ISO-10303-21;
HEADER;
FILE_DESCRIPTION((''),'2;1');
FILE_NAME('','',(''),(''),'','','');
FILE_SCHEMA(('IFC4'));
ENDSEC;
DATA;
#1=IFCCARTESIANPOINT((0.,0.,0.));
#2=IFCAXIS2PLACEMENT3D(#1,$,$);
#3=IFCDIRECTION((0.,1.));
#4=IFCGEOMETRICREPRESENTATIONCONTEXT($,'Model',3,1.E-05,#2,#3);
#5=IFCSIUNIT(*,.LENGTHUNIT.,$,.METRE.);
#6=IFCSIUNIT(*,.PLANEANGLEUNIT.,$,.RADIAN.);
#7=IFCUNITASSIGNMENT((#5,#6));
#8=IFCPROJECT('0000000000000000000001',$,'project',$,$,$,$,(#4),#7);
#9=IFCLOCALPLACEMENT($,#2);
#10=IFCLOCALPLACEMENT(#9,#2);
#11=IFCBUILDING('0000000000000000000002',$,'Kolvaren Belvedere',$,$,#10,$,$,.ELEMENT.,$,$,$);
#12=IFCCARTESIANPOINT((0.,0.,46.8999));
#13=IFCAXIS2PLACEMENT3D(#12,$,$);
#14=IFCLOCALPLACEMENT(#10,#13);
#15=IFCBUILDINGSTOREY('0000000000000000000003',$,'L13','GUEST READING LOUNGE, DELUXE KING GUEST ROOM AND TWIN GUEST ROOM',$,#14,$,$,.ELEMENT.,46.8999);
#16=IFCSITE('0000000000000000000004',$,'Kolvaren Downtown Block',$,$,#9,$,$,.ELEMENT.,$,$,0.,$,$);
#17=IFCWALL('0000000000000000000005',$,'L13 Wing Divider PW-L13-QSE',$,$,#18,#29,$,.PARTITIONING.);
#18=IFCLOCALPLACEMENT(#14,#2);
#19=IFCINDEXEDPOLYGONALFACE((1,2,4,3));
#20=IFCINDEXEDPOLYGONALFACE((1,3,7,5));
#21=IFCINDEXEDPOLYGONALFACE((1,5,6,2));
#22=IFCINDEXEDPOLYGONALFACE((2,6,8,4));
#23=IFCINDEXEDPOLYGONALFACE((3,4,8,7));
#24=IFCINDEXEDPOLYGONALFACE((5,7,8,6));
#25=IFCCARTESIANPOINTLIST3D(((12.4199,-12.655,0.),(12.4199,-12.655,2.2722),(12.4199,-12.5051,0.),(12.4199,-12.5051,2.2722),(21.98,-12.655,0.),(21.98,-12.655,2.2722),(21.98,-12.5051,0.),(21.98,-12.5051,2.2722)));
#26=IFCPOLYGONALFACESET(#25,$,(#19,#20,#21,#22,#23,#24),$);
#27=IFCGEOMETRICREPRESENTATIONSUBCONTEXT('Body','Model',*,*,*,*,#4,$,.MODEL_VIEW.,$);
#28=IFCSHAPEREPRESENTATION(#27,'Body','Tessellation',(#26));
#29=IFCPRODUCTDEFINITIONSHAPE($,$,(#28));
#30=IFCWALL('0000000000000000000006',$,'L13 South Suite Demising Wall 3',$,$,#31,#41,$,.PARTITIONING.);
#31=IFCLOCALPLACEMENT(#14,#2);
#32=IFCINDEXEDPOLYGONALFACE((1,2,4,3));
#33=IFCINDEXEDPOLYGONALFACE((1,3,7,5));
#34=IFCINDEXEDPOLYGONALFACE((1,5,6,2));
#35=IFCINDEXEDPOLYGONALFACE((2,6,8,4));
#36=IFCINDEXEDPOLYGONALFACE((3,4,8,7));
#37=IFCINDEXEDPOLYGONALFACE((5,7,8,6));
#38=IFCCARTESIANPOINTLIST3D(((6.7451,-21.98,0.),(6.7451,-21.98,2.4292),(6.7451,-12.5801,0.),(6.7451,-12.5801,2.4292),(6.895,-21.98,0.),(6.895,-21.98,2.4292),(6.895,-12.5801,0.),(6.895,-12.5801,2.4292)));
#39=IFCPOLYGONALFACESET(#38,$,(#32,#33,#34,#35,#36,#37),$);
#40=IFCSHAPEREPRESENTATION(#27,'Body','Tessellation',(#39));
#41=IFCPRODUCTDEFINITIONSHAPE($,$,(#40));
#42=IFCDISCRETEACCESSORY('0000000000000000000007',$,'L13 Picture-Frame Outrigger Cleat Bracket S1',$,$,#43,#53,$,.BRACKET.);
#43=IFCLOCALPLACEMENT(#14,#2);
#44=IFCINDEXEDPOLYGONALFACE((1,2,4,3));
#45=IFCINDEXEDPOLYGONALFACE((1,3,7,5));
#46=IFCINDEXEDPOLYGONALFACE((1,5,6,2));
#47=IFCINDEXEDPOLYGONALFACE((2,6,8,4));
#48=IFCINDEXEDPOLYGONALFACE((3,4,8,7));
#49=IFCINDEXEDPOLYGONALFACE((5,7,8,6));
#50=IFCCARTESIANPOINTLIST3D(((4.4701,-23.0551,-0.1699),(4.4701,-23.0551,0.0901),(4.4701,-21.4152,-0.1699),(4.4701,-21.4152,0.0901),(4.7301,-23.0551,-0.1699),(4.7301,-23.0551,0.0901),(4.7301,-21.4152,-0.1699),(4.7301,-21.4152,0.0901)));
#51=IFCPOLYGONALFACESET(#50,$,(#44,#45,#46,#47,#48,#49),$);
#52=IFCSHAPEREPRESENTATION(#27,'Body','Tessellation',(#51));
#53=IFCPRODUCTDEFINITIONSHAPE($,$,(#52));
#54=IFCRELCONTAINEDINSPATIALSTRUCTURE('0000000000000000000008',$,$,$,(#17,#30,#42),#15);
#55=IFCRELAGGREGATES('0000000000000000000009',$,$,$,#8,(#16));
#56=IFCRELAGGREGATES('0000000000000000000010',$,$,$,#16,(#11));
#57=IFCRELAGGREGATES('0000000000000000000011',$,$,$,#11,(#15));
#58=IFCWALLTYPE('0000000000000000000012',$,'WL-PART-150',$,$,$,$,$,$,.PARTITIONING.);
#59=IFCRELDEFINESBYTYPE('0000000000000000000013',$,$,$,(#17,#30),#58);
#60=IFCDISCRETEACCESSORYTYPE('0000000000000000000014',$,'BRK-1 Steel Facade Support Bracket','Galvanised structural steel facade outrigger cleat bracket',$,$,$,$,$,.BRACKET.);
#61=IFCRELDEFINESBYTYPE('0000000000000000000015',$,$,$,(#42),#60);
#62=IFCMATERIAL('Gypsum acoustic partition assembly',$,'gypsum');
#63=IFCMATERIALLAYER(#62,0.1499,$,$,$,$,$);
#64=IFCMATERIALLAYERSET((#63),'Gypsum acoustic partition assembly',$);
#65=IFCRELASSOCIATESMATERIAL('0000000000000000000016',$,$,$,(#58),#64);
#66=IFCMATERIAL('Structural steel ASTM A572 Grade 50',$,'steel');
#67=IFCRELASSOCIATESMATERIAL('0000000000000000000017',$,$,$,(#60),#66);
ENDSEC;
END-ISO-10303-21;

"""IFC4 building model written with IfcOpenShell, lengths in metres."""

from ifc_helpers import new_model, si_unit, direction, frame, frame_2d, origin, origin_2d, place, context, subcontext, project, spatial, rectangle, extrude, material, layer, layer_set, type_object, element, save


model = new_model("IFC4")

# Units and contexts
model_context = context("Model", 3, precision=1e-05, world=origin(), true_north=direction((0.0, 1.0)))
body_context = subcontext(model_context, "Body", "Model", "MODEL_VIEW")
ifc_project = project(units=[si_unit("LENGTHUNIT", "METRE"), si_unit("PLANEANGLEUNIT", "RADIAN")], contexts=[model_context])

# Site, building, storey
site_placement = place(None, origin())
site = spatial("IfcSite", under=ifc_project, at=site_placement, Name="Kolvaren Downtown Block", CompositionType="ELEMENT", RefElevation=0.0)
building_placement = place(site_placement, origin())
building = spatial("IfcBuilding", under=site, at=building_placement, Name="Kolvaren Belvedere", CompositionType="ELEMENT")
storey_placement = place(building_placement, frame((0.0, 0.0, 46.8999)))
storey = spatial("IfcBuildingStorey", under=building, at=storey_placement, Name="L13", Description="GUEST READING LOUNGE, DELUXE KING GUEST ROOM AND TWIN GUEST ROOM", CompositionType="ELEMENT", Elevation=46.8999)

# Walls
ifc_material_1 = material(Name="Gypsum acoustic partition assembly", Category="gypsum")
ifc_layer_1 = layer(ifc_material_1, 0.1499)
ifc_layer_set_1 = layer_set([ifc_layer_1], Name="Gypsum acoustic partition assembly")
wall_type_1 = type_object("IfcWallType", Name="WL-PART-150", PredefinedType="PARTITIONING", material=ifc_layer_set_1)
wall_1_placement = place(storey_placement, frame((12.4199, -12.5801, 0.0), z_axis=(0.0, 0.0, 1.0), x_axis=(1.0, 0.0, 0.0)))
element("IfcWall", 1, at=wall_1_placement, inside=storey, type_object=wall_type_1, Name="L13 Wing Divider PW-L13-QSE", PredefinedType="PARTITIONING", context=body_context, shape_type="SweptSolid", body=[
    extrude(rectangle(XDim=9.5601, YDim=0.1499, at=frame_2d((4.78, 0.0))), origin(), (0.0, 0.0, 1.0), 2.2722),
])
wall_2_placement = place(storey_placement, frame((6.8201, -21.98, 0.0), z_axis=(0.0, 0.0, 1.0), x_axis=(0.0, 1.0, 0.0)))
element("IfcWall", 2, at=wall_2_placement, inside=storey, type_object=wall_type_1, Name="L13 South Suite Demising Wall 3", PredefinedType="PARTITIONING", context=body_context, shape_type="SweptSolid", body=[
    extrude(rectangle(XDim=9.3999, YDim=0.1499, at=frame_2d((4.7, 0.0))), origin(), (0.0, 0.0, 1.0), 2.4292),
])

# Discrete accessory
ifc_material_2 = material(Name="Structural steel ASTM A572 Grade 50", Category="steel")
discrete_accessory_type = type_object("IfcDiscreteAccessoryType", Name="BRK-1 Steel Facade Support Bracket", Description="Galvanised structural steel facade outrigger cleat bracket", PredefinedType="BRACKET", material=ifc_material_2)
discrete_accessory_placement = place(storey_placement, frame((4.6001, -22.2351, -0.1699), z_axis=(0.0, 0.0, 1.0), x_axis=(0.0, 1.0, 0.0)))
element("IfcDiscreteAccessory", 3, at=discrete_accessory_placement, inside=storey, type_object=discrete_accessory_type, Name="L13 Picture-Frame Outrigger Cleat Bracket S1", PredefinedType="BRACKET", context=body_context, shape_type="SweptSolid", body=[
    extrude(rectangle(XDim=1.6399, YDim=0.26, at=origin_2d()), origin(), (0.0, 0.0, 1.0), 0.26),
])

save(model, "model.ifc")
